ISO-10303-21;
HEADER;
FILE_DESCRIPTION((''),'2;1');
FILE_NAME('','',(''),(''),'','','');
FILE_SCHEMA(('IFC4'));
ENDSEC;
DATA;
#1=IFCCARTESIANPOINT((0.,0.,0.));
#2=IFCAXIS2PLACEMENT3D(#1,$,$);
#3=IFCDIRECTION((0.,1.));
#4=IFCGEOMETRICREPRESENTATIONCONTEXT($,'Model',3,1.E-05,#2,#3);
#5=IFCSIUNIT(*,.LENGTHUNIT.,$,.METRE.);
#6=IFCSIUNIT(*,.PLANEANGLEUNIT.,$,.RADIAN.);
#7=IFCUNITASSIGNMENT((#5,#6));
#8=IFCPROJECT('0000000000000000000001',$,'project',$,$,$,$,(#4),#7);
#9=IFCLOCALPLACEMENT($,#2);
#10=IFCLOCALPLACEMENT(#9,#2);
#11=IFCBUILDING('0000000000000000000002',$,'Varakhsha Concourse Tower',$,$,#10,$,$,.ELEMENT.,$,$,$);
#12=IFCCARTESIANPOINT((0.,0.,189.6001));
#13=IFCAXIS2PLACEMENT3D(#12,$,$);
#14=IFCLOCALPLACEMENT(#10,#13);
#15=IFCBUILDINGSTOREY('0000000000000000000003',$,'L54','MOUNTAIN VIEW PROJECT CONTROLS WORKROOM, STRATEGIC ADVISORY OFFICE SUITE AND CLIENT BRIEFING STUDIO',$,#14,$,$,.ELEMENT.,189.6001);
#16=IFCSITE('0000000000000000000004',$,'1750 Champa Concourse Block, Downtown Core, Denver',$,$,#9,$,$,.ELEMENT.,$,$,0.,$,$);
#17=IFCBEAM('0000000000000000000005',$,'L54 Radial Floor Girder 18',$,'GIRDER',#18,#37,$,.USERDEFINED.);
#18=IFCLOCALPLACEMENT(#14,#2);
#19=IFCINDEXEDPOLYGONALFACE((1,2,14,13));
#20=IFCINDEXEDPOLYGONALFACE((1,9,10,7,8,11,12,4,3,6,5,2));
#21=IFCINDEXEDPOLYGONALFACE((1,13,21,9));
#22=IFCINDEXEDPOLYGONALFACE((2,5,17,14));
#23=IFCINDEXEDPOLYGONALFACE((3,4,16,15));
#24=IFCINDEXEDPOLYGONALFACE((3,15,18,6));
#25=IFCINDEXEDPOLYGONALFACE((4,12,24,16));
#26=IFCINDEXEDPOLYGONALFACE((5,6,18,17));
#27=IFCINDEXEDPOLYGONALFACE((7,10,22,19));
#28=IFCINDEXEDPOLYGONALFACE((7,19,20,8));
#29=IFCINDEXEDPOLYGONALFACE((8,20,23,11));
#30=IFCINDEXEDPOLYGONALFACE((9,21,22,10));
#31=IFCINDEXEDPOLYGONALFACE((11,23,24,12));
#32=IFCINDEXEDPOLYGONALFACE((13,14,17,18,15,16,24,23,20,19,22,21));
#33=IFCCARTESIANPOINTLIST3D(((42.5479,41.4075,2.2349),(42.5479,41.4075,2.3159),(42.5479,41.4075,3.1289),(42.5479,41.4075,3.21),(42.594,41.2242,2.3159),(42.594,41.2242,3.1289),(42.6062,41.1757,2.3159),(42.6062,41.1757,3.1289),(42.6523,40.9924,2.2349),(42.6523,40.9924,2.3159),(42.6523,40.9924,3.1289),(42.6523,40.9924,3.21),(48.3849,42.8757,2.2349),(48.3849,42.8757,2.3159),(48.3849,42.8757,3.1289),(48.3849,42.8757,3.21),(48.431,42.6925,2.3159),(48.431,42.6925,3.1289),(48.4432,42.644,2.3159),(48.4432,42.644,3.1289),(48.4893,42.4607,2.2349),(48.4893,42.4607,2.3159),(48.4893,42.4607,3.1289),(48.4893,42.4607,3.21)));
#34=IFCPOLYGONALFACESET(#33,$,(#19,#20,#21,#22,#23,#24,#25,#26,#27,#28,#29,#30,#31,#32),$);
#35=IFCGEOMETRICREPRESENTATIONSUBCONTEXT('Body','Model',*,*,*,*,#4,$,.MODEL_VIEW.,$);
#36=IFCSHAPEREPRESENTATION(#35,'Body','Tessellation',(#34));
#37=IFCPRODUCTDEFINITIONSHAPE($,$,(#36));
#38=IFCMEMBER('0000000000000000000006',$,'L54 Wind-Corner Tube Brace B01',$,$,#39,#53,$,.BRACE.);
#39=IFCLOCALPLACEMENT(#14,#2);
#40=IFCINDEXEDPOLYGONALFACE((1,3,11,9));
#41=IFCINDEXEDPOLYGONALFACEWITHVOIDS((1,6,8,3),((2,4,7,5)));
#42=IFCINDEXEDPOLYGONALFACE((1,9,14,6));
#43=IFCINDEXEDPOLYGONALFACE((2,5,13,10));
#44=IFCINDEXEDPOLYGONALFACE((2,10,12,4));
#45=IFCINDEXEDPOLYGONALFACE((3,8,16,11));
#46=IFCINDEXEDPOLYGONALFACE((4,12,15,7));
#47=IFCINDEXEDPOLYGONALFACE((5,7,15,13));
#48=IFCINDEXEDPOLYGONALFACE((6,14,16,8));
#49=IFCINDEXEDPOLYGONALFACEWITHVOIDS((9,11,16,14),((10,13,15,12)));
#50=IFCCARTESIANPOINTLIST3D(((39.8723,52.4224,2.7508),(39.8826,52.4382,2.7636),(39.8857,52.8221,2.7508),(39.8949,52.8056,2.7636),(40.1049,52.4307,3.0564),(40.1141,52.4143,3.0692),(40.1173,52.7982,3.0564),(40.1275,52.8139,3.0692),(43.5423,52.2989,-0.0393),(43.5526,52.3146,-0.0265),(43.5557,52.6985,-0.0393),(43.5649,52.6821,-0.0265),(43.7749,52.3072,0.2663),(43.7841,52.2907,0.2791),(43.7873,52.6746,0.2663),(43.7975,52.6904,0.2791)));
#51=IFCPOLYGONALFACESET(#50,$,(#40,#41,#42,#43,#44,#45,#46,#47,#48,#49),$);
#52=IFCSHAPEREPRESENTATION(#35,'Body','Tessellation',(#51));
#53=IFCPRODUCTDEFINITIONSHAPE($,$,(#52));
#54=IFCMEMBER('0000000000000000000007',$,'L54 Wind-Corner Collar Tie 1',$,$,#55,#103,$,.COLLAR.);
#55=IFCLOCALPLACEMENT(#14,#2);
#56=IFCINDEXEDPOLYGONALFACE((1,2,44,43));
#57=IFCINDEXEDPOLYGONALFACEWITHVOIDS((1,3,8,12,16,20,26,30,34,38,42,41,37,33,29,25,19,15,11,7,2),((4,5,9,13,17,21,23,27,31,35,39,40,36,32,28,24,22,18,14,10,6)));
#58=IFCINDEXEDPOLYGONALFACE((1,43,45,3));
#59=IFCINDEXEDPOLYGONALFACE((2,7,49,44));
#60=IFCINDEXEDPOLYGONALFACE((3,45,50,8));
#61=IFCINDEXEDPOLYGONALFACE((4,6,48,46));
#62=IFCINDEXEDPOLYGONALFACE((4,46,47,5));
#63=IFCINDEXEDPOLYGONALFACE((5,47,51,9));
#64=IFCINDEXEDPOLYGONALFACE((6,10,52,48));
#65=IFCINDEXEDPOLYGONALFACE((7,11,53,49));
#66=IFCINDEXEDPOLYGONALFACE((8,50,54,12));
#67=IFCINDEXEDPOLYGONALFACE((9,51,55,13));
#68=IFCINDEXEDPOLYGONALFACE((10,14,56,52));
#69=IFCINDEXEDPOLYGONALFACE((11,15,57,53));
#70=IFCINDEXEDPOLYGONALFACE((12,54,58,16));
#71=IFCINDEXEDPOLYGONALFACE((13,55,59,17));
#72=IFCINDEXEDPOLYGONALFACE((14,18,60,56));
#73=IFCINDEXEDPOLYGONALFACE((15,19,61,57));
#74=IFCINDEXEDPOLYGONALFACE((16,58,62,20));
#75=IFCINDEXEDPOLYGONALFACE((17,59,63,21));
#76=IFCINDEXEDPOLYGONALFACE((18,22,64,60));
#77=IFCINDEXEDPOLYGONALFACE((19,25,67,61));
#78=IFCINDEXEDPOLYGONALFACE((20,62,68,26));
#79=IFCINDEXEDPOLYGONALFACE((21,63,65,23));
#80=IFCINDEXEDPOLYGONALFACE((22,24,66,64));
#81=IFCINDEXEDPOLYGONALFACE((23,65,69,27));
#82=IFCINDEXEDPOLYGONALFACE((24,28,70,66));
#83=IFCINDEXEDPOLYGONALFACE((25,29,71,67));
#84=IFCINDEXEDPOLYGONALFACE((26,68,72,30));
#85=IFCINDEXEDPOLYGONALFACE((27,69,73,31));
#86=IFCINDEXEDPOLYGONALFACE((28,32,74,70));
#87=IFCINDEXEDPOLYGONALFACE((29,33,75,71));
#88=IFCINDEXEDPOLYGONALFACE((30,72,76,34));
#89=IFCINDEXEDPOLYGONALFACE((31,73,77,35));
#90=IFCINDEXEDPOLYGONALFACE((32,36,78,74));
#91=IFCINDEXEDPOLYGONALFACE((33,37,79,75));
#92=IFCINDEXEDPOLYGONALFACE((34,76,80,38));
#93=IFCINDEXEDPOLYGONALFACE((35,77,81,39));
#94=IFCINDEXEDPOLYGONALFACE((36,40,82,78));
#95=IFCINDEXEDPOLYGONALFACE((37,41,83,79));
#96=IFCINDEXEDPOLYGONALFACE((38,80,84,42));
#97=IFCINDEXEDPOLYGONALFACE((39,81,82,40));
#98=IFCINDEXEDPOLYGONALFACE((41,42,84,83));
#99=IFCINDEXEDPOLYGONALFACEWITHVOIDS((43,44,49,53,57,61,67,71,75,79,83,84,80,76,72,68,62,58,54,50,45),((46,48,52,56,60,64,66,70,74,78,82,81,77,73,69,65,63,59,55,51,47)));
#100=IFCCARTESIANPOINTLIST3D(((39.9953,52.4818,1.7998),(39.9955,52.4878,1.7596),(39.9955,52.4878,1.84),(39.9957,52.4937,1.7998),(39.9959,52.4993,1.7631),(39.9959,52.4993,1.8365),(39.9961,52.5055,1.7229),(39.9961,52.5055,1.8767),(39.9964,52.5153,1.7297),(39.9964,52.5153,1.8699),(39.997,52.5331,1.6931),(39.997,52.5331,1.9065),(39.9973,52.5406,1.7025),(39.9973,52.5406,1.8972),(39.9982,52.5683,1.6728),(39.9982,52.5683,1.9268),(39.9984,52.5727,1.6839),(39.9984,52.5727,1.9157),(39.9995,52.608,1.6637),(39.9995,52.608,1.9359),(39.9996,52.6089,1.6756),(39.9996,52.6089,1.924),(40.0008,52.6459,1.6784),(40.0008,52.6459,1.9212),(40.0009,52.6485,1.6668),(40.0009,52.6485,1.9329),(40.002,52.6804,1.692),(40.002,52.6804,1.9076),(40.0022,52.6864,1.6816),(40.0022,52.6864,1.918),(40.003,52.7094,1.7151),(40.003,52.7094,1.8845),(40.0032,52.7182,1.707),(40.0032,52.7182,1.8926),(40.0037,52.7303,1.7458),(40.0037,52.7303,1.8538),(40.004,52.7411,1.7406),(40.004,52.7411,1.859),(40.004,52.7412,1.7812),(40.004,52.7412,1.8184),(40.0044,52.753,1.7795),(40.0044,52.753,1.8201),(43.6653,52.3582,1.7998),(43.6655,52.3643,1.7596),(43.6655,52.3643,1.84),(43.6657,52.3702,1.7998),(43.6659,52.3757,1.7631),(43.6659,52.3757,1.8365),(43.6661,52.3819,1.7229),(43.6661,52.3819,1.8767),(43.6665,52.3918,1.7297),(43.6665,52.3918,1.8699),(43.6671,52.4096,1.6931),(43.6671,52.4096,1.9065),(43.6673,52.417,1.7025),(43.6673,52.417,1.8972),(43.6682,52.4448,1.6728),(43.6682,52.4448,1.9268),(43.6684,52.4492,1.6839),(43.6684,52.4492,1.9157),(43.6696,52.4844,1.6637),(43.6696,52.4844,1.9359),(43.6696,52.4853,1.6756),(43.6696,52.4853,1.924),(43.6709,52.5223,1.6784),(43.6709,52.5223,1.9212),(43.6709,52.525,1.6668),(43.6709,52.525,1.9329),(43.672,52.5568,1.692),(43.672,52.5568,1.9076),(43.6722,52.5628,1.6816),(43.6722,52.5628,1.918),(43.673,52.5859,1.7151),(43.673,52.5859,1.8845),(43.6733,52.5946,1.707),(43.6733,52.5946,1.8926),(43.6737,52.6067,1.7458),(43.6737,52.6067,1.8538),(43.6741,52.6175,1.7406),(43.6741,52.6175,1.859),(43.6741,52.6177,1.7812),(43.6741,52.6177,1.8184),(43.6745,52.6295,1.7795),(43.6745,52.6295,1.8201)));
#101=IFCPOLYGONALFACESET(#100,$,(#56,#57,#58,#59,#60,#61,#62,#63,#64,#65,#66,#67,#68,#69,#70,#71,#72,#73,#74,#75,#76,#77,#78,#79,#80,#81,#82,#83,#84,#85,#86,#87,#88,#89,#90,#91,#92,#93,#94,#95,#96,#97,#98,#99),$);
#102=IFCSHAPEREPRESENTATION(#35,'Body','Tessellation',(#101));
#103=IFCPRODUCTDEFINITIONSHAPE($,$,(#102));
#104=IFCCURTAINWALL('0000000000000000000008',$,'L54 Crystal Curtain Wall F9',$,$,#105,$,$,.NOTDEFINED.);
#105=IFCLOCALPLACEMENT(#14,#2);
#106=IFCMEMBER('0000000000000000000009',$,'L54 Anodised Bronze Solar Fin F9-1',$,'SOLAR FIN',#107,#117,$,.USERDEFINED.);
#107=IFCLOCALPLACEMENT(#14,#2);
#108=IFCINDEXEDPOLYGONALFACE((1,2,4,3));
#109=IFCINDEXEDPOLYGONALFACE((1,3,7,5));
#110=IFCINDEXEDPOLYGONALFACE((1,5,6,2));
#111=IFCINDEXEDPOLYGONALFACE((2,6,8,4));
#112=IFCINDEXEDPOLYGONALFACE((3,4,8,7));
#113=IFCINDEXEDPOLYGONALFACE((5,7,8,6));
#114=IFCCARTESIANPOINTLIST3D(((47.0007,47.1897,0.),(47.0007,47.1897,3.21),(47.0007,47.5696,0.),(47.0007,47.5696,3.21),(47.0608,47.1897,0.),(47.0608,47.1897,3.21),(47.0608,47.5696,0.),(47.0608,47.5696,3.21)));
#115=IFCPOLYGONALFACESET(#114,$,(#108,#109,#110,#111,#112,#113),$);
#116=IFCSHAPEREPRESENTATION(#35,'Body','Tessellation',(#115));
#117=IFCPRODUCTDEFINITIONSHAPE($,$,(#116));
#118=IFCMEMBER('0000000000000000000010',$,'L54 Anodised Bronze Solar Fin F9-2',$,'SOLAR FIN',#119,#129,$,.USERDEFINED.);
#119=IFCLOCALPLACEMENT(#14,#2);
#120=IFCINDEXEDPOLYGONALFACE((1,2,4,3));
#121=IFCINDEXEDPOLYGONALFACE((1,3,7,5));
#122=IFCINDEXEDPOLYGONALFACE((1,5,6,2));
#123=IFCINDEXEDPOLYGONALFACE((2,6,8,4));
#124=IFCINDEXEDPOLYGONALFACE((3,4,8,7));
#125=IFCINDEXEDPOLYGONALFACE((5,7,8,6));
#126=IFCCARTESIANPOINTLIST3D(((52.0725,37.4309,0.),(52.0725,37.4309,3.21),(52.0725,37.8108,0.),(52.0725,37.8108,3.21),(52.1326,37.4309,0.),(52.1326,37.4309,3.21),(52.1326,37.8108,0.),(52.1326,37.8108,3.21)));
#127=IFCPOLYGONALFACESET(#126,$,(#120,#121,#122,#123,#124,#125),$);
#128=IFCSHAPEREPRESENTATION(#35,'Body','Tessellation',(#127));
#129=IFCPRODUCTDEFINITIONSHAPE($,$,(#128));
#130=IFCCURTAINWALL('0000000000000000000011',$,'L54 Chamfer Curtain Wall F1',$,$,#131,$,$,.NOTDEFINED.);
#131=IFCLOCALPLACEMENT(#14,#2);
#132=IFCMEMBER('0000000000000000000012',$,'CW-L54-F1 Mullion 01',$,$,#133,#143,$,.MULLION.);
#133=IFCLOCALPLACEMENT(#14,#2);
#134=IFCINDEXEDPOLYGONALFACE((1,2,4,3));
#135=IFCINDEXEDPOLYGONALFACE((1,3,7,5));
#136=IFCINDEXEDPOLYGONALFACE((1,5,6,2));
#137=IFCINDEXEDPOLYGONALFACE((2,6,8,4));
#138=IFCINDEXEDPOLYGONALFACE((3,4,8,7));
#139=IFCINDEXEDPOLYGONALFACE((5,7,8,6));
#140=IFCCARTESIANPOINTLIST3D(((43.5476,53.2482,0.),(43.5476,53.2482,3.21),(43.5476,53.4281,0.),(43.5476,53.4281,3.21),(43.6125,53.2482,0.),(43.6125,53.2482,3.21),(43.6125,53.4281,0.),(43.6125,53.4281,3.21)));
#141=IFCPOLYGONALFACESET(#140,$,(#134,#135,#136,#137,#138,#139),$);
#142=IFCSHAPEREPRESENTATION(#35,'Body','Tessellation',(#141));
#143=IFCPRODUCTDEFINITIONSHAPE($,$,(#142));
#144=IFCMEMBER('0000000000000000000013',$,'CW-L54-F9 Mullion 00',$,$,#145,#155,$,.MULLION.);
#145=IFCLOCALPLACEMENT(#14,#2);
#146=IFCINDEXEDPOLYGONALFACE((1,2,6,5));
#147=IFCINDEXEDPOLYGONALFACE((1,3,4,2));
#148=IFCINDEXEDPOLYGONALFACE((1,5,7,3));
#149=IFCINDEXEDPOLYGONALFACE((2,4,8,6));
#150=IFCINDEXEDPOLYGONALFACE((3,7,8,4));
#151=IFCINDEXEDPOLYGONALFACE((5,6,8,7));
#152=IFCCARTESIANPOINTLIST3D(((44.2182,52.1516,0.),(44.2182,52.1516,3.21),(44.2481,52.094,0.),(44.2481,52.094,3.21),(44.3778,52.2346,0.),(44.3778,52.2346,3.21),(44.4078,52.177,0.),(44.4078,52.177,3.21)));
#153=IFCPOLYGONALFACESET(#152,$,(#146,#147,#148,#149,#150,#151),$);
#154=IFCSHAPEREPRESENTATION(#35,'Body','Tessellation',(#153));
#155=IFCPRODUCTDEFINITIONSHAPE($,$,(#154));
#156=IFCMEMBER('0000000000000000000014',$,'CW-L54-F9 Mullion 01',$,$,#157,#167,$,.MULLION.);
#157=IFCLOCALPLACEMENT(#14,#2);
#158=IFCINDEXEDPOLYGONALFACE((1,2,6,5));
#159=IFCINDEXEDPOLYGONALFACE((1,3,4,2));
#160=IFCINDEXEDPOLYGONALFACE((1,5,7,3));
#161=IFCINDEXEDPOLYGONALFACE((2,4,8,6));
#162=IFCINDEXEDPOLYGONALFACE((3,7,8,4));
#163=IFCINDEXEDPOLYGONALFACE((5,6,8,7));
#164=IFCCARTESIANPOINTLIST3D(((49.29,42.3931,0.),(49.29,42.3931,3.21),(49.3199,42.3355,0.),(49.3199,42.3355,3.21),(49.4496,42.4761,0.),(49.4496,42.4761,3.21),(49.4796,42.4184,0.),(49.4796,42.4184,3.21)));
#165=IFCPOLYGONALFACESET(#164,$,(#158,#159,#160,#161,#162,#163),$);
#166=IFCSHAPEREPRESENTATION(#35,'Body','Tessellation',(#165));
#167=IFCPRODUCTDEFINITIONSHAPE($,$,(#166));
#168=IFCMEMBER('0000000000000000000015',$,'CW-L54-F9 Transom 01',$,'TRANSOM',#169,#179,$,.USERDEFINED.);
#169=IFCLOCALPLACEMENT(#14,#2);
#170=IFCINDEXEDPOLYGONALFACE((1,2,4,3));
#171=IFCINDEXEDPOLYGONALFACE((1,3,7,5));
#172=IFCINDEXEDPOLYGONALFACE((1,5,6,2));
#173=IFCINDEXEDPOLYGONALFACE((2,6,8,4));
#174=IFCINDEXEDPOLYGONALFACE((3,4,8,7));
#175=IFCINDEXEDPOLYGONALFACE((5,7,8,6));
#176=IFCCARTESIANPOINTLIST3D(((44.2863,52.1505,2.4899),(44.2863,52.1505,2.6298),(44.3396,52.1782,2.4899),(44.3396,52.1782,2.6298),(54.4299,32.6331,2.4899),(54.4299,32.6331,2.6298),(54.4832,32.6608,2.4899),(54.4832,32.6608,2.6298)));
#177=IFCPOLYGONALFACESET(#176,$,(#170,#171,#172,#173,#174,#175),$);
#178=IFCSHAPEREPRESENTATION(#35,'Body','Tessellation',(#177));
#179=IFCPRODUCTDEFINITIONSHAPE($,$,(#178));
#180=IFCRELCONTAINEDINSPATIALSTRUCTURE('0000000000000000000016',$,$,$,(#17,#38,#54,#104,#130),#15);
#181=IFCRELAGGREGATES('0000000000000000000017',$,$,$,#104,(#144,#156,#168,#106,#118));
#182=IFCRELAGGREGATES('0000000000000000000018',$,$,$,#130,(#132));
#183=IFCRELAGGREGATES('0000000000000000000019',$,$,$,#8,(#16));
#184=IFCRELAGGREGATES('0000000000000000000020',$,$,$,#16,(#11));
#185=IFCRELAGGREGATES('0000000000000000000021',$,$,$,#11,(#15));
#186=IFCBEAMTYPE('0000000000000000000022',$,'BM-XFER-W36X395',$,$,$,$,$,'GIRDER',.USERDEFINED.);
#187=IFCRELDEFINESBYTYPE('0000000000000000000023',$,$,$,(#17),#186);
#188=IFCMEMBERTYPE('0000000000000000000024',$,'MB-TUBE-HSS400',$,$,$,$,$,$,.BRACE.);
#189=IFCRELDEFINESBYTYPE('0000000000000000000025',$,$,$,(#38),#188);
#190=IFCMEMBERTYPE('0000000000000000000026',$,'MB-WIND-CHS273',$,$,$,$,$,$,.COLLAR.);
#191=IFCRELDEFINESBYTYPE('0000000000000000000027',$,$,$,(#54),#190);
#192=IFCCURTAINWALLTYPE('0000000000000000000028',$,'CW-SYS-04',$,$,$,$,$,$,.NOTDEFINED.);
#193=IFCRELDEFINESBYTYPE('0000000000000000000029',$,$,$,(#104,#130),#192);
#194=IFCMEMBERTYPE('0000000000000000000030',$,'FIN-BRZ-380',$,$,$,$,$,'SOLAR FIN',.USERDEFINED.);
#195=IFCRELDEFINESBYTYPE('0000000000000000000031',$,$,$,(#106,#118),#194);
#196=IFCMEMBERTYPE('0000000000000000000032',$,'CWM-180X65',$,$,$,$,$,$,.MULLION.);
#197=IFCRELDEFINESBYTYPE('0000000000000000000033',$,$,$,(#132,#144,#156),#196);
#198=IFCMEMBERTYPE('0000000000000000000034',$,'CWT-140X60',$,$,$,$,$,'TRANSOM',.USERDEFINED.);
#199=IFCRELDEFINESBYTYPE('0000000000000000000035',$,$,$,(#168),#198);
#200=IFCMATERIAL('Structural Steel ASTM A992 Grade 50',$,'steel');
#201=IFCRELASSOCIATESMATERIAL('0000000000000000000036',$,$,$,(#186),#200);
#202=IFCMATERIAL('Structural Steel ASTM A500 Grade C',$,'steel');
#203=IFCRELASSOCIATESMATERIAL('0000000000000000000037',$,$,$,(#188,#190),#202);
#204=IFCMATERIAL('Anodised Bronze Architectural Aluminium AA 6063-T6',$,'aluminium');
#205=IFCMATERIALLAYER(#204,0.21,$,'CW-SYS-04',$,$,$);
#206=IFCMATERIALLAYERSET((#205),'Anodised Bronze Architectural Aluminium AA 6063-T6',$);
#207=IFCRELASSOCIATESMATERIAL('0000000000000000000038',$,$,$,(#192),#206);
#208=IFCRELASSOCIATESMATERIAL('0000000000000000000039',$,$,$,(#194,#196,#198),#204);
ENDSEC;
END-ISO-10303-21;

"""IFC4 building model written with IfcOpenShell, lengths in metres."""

from ifc_helpers import new_model, si_unit, direction, frame, origin, origin_2d, place, context, subcontext, project, spatial, rectangle, hollow_rectangle, hollow_circle, i_section, extrude, source, transform, mapped, material, layer, layer_set, material_profile, profile_set, type_object, type_shapes, element, aggregate, save


model = new_model("IFC4")

# Units and contexts
model_context = context("Model", 3, precision=1e-05, world=origin(), true_north=direction((0.0, 1.0)))
body_context = subcontext(model_context, "Body", "Model", "MODEL_VIEW")
ifc_project = project(units=[si_unit("LENGTHUNIT", "METRE"), si_unit("PLANEANGLEUNIT", "RADIAN")], contexts=[model_context])

# Site, building, storey
site_placement = place(None, origin())
site = spatial("IfcSite", under=ifc_project, at=site_placement, Name="1750 Champa Concourse Block, Downtown Core, Denver", CompositionType="ELEMENT", RefElevation=0.0)
building_placement = place(site_placement, origin())
building = spatial("IfcBuilding", under=site, at=building_placement, Name="Varakhsha Concourse Tower", CompositionType="ELEMENT")
storey_placement = place(building_placement, frame((0.0, 0.0, 189.6001)))
storey = spatial("IfcBuildingStorey", under=building, at=storey_placement, Name="L54", Description="MOUNTAIN VIEW PROJECT CONTROLS WORKROOM, STRATEGIC ADVISORY OFFICE SUITE AND CLIENT BRIEFING STUDIO", CompositionType="ELEMENT", Elevation=189.6001)

# Shared definitions
ifc_material_1 = material(Name="Structural Steel ASTM A992 Grade 50", Category="steel")

# Beam
ifc_material_profile_1 = material_profile(ifc_material_1, i_section(OverallWidth=0.428, OverallDepth=0.9751, WebThickness=0.05, FlangeThickness=0.0811, at=origin_2d()), Name="W36X395")
ifc_profile_set_1 = profile_set([ifc_material_profile_1], Name="Structural Steel ASTM A992 Grade 50")
beam_type_1 = type_object("IfcBeamType", Name="BM-XFER-W36X395", ElementType="GIRDER", PredefinedType="USERDEFINED", material=ifc_profile_set_1)
beam_1_placement = place(storey_placement, frame((42.6001, 41.2, 2.7224), z_axis=(0.969788, 0.243948, 0.0), x_axis=(-0.243948, 0.969788, 0.0)))
element("IfcBeam", 1, at=beam_1_placement, inside=storey, type_object=beam_type_1, Name="L54 Radial Floor Girder 18", ObjectType="GIRDER", PredefinedType="USERDEFINED", context=body_context, shape_type="SweptSolid", body=[
    extrude(i_section(OverallWidth=0.428, OverallDepth=0.9751, WebThickness=0.05, FlangeThickness=0.0811, at=origin_2d()), origin(), (0.0, 0.0, 1.0), 6.0188),
])

# Members
ifc_material_2 = material(Name="Structural Steel ASTM A500 Grade C", Category="steel")
ifc_material_profile_2 = material_profile(ifc_material_2, hollow_rectangle(XDim=0.3999, YDim=0.3999, WallThickness=0.0161, at=origin_2d()), Name="HSS 400x400x16")
ifc_profile_set_2 = profile_set([ifc_material_profile_2], Name="Structural Steel ASTM A500 Grade C")
member_type_1 = type_object("IfcMemberType", Name="MB-TUBE-HSS400", PredefinedType="BRACE", material=ifc_profile_set_2)
shared_shape_1 = source(origin(), body_context, "Body", "SweptSolid", [
    extrude(hollow_rectangle(XDim=0.3999, YDim=0.3999, WallThickness=0.0161, at=origin_2d()), origin(), (0.0, 0.0, 1.0), 4.6118),
])
type_shapes(member_type_1, [shared_shape_1])
member_1_placement = place(storey_placement, frame((43.6699, 52.4946, 0.1199), z_axis=(-0.795783, 0.026787, 0.60499), x_axis=(-0.033642, -0.999434, 0.0)))
element("IfcMember", 2, at=member_1_placement, inside=storey, type_object=member_type_1, Name="L54 Wind-Corner Tube Brace B01", PredefinedType="BRACE", context=body_context, shape_type="MappedRepresentation", body=[
    mapped(shared_shape_1, transform((0.0, 0.0, 0.0), scale=1.0)),
])
ifc_material_profile_3 = material_profile(ifc_material_2, hollow_circle(Radius=0.1365, WallThickness=0.012, at=origin_2d()), Name="CHS 273x12")
ifc_profile_set_3 = profile_set([ifc_material_profile_3], Name="Structural Steel ASTM A500 Grade C")
member_type_2 = type_object("IfcMemberType", Name="MB-WIND-CHS273", PredefinedType="COLLAR", material=ifc_profile_set_3)
shared_shape_2 = source(origin(), body_context, "Body", "SweptSolid", [
    extrude(hollow_circle(Radius=0.1365, WallThickness=0.012, at=origin_2d()), origin(), (0.0, 0.0, 1.0), 3.6721),
])
type_shapes(member_type_2, [shared_shape_2])
member_2_placement = place(storey_placement, frame((43.6699, 52.4946, 1.7998), z_axis=(-0.999434, 0.033642, 0.0), x_axis=(-0.033642, -0.999434, 0.0)))
element("IfcMember", 3, at=member_2_placement, inside=storey, type_object=member_type_2, Name="L54 Wind-Corner Collar Tie 1", PredefinedType="COLLAR", context=body_context, shape_type="MappedRepresentation", body=[
    mapped(shared_shape_2, transform((0.0, 0.0, 0.0), scale=1.0)),
])

# Curtain wall, members
ifc_material_3 = material(Name="Anodised Bronze Architectural Aluminium AA 6063-T6", Category="aluminium")
ifc_layer_1 = layer(ifc_material_3, 0.21, Name="CW-SYS-04")
ifc_layer_set_1 = layer_set([ifc_layer_1], Name="Anodised Bronze Architectural Aluminium AA 6063-T6")
curtain_wall_type = type_object("IfcCurtainWallType", Name="CW-SYS-04", PredefinedType="NOTDEFINED", material=ifc_layer_set_1)
curtain_wall_1_placement = place(storey_placement, origin())
curtain_wall_1 = element("IfcCurtainWall", 4, at=curtain_wall_1_placement, inside=storey, type_object=curtain_wall_type, Name="L54 Crystal Curtain Wall F9", PredefinedType="NOTDEFINED")
ifc_material_profile_4 = material_profile(ifc_material_3, rectangle(XDim=0.0601, YDim=0.3799, at=origin_2d()), Name="FIN-BRZ-380")
ifc_profile_set_4 = profile_set([ifc_material_profile_4], Name="Anodised Bronze Architectural Aluminium AA 6063-T6")
member_type_3 = type_object("IfcMemberType", Name="FIN-BRZ-380", ElementType="SOLAR FIN", PredefinedType="USERDEFINED", material=ifc_profile_set_4)
shared_shape_3 = source(origin(), body_context, "Body", "SweptSolid", [
    extrude(rectangle(XDim=0.0601, YDim=0.3799, at=origin_2d()), origin(), (0.0, 0.0, 1.0), 3.21),
])
type_shapes(member_type_3, [shared_shape_3])
member_3_placement = place(storey_placement, frame((47.0308, 47.3796, 0.0), z_axis=(0.0, 0.0, 1.0), x_axis=(1.0, 0.0, 0.0)))
member_3 = element("IfcMember", 5, at=member_3_placement, type_object=member_type_3, Name="L54 Anodised Bronze Solar Fin F9-1", ObjectType="SOLAR FIN", PredefinedType="USERDEFINED", context=body_context, shape_type="MappedRepresentation", body=[
    mapped(shared_shape_3, transform((0.0, 0.0, 0.0), scale=1.0)),
])
member_4_placement = place(storey_placement, frame((52.1025, 37.6208, 0.0), z_axis=(0.0, 0.0, 1.0), x_axis=(1.0, 0.0, 0.0)))
member_4 = element("IfcMember", 6, at=member_4_placement, type_object=member_type_3, Name="L54 Anodised Bronze Solar Fin F9-2", ObjectType="SOLAR FIN", PredefinedType="USERDEFINED", context=body_context, shape_type="MappedRepresentation", body=[
    mapped(shared_shape_3, transform((0.0, 0.0, 0.0), scale=1.0)),
])

# Curtain wall, member
curtain_wall_2_placement = place(storey_placement, origin())
curtain_wall_2 = element("IfcCurtainWall", 7, at=curtain_wall_2_placement, inside=storey, type_object=curtain_wall_type, Name="L54 Chamfer Curtain Wall F1", PredefinedType="NOTDEFINED")
ifc_material_profile_5 = material_profile(ifc_material_3, rectangle(XDim=0.0649, YDim=0.1799, at=origin_2d()), Name="CWM-180X65")
ifc_profile_set_5 = profile_set([ifc_material_profile_5], Name="Anodised Bronze Architectural Aluminium AA 6063-T6")
member_type_4 = type_object("IfcMemberType", Name="CWM-180X65", PredefinedType="MULLION", material=ifc_profile_set_5)
shared_shape_4 = source(origin(), body_context, "Body", "SweptSolid", [
    extrude(rectangle(XDim=0.0649, YDim=0.1799, at=origin_2d()), origin(), (0.0, 0.0, 1.0), 3.21),
])
type_shapes(member_type_4, [shared_shape_4])
member_5_placement = place(storey_placement, frame((43.5801, 53.3381, 0.0), z_axis=(0.0, 0.0, 1.0), x_axis=(1.0, 0.0, 0.0)))
member_5 = element("IfcMember", 8, at=member_5_placement, type_object=member_type_4, Name="CW-L54-F1 Mullion 01", PredefinedType="MULLION", context=body_context, shape_type="MappedRepresentation", body=[
    mapped(shared_shape_4, transform((0.0, 0.0, 0.0), scale=1.0)),
])

# Members
member_6_placement = place(storey_placement, frame((44.313, 52.1643, 0.0), z_axis=(0.0, 0.0, 1.0), x_axis=(0.461156, -0.887319, 0.0)))
member_6 = element("IfcMember", 9, at=member_6_placement, type_object=member_type_4, Name="CW-L54-F9 Mullion 00", PredefinedType="MULLION", context=body_context, shape_type="MappedRepresentation", body=[
    mapped(shared_shape_4, transform((0.0, 0.0, 0.0), scale=1.0)),
])
member_7_placement = place(storey_placement, frame((49.3848, 42.4058, 0.0), z_axis=(0.0, 0.0, 1.0), x_axis=(0.461156, -0.887319, 0.0)))
member_7 = element("IfcMember", 10, at=member_7_placement, type_object=member_type_4, Name="CW-L54-F9 Mullion 01", PredefinedType="MULLION", context=body_context, shape_type="MappedRepresentation", body=[
    mapped(shared_shape_4, transform((0.0, 0.0, 0.0), scale=1.0)),
])
ifc_material_profile_6 = material_profile(ifc_material_3, rectangle(XDim=0.0601, YDim=0.1399, at=origin_2d()), Name="CWT-140X60")
ifc_profile_set_6 = profile_set([ifc_material_profile_6], Name="Anodised Bronze Architectural Aluminium AA 6063-T6")
member_type_5 = type_object("IfcMemberType", Name="CWT-140X60", ElementType="TRANSOM", PredefinedType="USERDEFINED", material=ifc_profile_set_6)
shared_shape_5 = source(origin(), body_context, "Body", "SweptSolid", [
    extrude(rectangle(XDim=0.0601, YDim=0.1399, at=origin_2d()), origin(), (0.0, 0.0, 1.0), 21.9958),
])
type_shapes(member_type_5, [shared_shape_5])
member_8_placement = place(storey_placement, frame((44.313, 52.1643, 2.5598), z_axis=(0.461157, -0.887318, 0.0), x_axis=(0.887318, 0.461157, 0.0)))
member_8 = element("IfcMember", 11, at=member_8_placement, type_object=member_type_5, Name="CW-L54-F9 Transom 01", ObjectType="TRANSOM", PredefinedType="USERDEFINED", context=body_context, shape_type="MappedRepresentation", body=[
    mapped(shared_shape_5, transform((0.0, 0.0, 0.0), scale=1.0)),
])

aggregate(curtain_wall_1, [member_6, member_7, member_8, member_3, member_4])
aggregate(curtain_wall_2, [member_5])

save(model, "model.ifc")
